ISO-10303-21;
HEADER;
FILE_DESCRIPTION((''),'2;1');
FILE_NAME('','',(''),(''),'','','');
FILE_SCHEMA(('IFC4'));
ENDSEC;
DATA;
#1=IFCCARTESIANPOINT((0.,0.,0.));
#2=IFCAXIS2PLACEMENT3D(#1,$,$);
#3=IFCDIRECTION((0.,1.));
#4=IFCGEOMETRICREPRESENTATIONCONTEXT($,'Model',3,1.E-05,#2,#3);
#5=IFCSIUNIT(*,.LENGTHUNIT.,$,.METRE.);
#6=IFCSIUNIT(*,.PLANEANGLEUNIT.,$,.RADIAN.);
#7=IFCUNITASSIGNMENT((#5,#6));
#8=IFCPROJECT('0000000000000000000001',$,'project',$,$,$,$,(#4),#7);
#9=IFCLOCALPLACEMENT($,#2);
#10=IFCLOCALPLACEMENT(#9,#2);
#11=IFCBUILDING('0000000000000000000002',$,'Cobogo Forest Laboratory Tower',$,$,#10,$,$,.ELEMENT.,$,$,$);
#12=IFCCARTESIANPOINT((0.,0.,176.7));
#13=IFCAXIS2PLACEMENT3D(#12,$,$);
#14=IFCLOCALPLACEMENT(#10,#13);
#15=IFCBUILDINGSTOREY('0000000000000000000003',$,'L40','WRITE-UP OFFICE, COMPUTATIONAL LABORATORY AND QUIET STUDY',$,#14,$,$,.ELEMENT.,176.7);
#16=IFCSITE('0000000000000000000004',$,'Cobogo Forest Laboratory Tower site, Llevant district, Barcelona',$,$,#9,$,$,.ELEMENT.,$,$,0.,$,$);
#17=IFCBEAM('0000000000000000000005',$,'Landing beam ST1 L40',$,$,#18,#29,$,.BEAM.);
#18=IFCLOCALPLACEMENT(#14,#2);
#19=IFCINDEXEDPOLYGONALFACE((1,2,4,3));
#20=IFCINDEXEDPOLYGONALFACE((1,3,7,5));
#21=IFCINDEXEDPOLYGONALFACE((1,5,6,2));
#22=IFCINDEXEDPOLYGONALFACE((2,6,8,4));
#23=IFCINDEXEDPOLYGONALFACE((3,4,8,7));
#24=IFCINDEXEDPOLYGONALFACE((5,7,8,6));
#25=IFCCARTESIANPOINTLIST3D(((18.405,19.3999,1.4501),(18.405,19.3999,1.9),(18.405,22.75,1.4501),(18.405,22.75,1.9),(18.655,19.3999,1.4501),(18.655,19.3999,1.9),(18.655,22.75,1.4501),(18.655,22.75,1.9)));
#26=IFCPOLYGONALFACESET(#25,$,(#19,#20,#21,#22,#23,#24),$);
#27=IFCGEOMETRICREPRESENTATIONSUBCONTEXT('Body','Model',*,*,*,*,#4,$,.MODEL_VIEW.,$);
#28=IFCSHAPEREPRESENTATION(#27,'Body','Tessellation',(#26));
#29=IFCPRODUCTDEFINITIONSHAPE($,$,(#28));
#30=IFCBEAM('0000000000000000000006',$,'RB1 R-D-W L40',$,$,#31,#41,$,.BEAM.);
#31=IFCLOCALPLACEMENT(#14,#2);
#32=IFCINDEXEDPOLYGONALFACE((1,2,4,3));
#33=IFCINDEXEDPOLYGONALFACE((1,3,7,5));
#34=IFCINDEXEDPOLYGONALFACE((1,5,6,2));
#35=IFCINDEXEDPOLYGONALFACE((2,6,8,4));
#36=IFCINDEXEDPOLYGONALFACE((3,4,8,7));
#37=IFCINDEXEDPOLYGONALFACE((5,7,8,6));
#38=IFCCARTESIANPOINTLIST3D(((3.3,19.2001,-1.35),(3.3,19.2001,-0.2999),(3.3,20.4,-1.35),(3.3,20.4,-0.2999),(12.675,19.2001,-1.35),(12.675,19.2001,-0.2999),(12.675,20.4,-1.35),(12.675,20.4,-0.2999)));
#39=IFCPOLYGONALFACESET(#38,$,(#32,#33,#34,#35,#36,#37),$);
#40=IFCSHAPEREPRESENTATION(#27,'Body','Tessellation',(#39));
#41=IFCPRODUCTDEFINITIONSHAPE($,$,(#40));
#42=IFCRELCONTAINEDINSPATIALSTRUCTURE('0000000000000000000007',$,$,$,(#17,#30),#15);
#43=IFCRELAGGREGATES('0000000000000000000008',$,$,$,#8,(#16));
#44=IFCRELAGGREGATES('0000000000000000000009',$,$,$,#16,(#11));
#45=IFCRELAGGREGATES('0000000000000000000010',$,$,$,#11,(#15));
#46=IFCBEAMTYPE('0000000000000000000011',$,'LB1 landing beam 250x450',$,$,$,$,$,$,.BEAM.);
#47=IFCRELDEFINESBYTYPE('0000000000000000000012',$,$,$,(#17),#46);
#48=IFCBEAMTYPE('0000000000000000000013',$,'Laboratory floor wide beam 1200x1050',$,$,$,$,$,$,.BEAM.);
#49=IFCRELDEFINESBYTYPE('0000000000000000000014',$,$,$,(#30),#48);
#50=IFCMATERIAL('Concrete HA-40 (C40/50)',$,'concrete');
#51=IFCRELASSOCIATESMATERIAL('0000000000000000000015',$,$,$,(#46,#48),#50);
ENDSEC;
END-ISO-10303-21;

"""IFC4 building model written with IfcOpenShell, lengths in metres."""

from ifc_helpers import new_model, si_unit, direction, frame, origin, origin_2d, place, context, subcontext, project, spatial, rectangle, extrude, material, material_profile, profile_set, type_object, element, save


model = new_model("IFC4")

# Units and contexts
model_context = context("Model", 3, precision=1e-05, world=origin(), true_north=direction((0.0, 1.0)))
body_context = subcontext(model_context, "Body", "Model", "MODEL_VIEW")
ifc_project = project(units=[si_unit("LENGTHUNIT", "METRE"), si_unit("PLANEANGLEUNIT", "RADIAN")], contexts=[model_context])

# Site, building, storey
site_placement = place(None, origin())
site = spatial("IfcSite", under=ifc_project, at=site_placement, Name="Cobogo Forest Laboratory Tower site, Llevant district, Barcelona", CompositionType="ELEMENT", RefElevation=0.0)
building_placement = place(site_placement, origin())
building = spatial("IfcBuilding", under=site, at=building_placement, Name="Cobogo Forest Laboratory Tower", CompositionType="ELEMENT")
storey_placement = place(building_placement, frame((0.0, 0.0, 176.7)))
storey = spatial("IfcBuildingStorey", under=building, at=storey_placement, Name="L40", Description="WRITE-UP OFFICE, COMPUTATIONAL LABORATORY AND QUIET STUDY", CompositionType="ELEMENT", Elevation=176.7)

# Beams
ifc_material_1 = material(Name="Concrete HA-40 (C40/50)", Category="concrete")
ifc_material_profile_1 = material_profile(ifc_material_1, rectangle(XDim=0.25, YDim=0.45, at=origin_2d()), Name="RC 250x450")
ifc_profile_set_1 = profile_set([ifc_material_profile_1], Name="Concrete HA-40 (C40/50)")
beam_type_1 = type_object("IfcBeamType", Name="LB1 landing beam 250x450", PredefinedType="BEAM", material=ifc_profile_set_1)
beam_1_placement = place(storey_placement, frame((18.53, 19.3999, 1.675), z_axis=(0.0, 1.0, 0.0), x_axis=(-1.0, 0.0, 0.0)))
element("IfcBeam", 1, at=beam_1_placement, inside=storey, type_object=beam_type_1, Name="Landing beam ST1 L40", PredefinedType="BEAM", context=body_context, shape_type="SweptSolid", body=[
    extrude(rectangle(XDim=0.25, YDim=0.45, at=origin_2d()), origin(), (0.0, 0.0, 1.0), 3.3501),
])
ifc_material_profile_2 = material_profile(ifc_material_1, rectangle(XDim=1.2, YDim=1.05, at=origin_2d()), Name="RC 1200x1050")
ifc_profile_set_2 = profile_set([ifc_material_profile_2], Name="Concrete HA-40 (C40/50)")
beam_type_2 = type_object("IfcBeamType", Name="Laboratory floor wide beam 1200x1050", PredefinedType="BEAM", material=ifc_profile_set_2)
beam_2_placement = place(storey_placement, frame((12.675, 19.8, -0.825), z_axis=(-1.0, 0.0, 0.0), x_axis=(0.0, -1.0, 0.0)))
element("IfcBeam", 2, at=beam_2_placement, inside=storey, type_object=beam_type_2, Name="RB1 R-D-W L40", PredefinedType="BEAM", context=body_context, shape_type="SweptSolid", body=[
    extrude(rectangle(XDim=1.2, YDim=1.05, at=origin_2d()), origin(), (0.0, 0.0, 1.0), 9.375),
])

save(model, "model.ifc")
